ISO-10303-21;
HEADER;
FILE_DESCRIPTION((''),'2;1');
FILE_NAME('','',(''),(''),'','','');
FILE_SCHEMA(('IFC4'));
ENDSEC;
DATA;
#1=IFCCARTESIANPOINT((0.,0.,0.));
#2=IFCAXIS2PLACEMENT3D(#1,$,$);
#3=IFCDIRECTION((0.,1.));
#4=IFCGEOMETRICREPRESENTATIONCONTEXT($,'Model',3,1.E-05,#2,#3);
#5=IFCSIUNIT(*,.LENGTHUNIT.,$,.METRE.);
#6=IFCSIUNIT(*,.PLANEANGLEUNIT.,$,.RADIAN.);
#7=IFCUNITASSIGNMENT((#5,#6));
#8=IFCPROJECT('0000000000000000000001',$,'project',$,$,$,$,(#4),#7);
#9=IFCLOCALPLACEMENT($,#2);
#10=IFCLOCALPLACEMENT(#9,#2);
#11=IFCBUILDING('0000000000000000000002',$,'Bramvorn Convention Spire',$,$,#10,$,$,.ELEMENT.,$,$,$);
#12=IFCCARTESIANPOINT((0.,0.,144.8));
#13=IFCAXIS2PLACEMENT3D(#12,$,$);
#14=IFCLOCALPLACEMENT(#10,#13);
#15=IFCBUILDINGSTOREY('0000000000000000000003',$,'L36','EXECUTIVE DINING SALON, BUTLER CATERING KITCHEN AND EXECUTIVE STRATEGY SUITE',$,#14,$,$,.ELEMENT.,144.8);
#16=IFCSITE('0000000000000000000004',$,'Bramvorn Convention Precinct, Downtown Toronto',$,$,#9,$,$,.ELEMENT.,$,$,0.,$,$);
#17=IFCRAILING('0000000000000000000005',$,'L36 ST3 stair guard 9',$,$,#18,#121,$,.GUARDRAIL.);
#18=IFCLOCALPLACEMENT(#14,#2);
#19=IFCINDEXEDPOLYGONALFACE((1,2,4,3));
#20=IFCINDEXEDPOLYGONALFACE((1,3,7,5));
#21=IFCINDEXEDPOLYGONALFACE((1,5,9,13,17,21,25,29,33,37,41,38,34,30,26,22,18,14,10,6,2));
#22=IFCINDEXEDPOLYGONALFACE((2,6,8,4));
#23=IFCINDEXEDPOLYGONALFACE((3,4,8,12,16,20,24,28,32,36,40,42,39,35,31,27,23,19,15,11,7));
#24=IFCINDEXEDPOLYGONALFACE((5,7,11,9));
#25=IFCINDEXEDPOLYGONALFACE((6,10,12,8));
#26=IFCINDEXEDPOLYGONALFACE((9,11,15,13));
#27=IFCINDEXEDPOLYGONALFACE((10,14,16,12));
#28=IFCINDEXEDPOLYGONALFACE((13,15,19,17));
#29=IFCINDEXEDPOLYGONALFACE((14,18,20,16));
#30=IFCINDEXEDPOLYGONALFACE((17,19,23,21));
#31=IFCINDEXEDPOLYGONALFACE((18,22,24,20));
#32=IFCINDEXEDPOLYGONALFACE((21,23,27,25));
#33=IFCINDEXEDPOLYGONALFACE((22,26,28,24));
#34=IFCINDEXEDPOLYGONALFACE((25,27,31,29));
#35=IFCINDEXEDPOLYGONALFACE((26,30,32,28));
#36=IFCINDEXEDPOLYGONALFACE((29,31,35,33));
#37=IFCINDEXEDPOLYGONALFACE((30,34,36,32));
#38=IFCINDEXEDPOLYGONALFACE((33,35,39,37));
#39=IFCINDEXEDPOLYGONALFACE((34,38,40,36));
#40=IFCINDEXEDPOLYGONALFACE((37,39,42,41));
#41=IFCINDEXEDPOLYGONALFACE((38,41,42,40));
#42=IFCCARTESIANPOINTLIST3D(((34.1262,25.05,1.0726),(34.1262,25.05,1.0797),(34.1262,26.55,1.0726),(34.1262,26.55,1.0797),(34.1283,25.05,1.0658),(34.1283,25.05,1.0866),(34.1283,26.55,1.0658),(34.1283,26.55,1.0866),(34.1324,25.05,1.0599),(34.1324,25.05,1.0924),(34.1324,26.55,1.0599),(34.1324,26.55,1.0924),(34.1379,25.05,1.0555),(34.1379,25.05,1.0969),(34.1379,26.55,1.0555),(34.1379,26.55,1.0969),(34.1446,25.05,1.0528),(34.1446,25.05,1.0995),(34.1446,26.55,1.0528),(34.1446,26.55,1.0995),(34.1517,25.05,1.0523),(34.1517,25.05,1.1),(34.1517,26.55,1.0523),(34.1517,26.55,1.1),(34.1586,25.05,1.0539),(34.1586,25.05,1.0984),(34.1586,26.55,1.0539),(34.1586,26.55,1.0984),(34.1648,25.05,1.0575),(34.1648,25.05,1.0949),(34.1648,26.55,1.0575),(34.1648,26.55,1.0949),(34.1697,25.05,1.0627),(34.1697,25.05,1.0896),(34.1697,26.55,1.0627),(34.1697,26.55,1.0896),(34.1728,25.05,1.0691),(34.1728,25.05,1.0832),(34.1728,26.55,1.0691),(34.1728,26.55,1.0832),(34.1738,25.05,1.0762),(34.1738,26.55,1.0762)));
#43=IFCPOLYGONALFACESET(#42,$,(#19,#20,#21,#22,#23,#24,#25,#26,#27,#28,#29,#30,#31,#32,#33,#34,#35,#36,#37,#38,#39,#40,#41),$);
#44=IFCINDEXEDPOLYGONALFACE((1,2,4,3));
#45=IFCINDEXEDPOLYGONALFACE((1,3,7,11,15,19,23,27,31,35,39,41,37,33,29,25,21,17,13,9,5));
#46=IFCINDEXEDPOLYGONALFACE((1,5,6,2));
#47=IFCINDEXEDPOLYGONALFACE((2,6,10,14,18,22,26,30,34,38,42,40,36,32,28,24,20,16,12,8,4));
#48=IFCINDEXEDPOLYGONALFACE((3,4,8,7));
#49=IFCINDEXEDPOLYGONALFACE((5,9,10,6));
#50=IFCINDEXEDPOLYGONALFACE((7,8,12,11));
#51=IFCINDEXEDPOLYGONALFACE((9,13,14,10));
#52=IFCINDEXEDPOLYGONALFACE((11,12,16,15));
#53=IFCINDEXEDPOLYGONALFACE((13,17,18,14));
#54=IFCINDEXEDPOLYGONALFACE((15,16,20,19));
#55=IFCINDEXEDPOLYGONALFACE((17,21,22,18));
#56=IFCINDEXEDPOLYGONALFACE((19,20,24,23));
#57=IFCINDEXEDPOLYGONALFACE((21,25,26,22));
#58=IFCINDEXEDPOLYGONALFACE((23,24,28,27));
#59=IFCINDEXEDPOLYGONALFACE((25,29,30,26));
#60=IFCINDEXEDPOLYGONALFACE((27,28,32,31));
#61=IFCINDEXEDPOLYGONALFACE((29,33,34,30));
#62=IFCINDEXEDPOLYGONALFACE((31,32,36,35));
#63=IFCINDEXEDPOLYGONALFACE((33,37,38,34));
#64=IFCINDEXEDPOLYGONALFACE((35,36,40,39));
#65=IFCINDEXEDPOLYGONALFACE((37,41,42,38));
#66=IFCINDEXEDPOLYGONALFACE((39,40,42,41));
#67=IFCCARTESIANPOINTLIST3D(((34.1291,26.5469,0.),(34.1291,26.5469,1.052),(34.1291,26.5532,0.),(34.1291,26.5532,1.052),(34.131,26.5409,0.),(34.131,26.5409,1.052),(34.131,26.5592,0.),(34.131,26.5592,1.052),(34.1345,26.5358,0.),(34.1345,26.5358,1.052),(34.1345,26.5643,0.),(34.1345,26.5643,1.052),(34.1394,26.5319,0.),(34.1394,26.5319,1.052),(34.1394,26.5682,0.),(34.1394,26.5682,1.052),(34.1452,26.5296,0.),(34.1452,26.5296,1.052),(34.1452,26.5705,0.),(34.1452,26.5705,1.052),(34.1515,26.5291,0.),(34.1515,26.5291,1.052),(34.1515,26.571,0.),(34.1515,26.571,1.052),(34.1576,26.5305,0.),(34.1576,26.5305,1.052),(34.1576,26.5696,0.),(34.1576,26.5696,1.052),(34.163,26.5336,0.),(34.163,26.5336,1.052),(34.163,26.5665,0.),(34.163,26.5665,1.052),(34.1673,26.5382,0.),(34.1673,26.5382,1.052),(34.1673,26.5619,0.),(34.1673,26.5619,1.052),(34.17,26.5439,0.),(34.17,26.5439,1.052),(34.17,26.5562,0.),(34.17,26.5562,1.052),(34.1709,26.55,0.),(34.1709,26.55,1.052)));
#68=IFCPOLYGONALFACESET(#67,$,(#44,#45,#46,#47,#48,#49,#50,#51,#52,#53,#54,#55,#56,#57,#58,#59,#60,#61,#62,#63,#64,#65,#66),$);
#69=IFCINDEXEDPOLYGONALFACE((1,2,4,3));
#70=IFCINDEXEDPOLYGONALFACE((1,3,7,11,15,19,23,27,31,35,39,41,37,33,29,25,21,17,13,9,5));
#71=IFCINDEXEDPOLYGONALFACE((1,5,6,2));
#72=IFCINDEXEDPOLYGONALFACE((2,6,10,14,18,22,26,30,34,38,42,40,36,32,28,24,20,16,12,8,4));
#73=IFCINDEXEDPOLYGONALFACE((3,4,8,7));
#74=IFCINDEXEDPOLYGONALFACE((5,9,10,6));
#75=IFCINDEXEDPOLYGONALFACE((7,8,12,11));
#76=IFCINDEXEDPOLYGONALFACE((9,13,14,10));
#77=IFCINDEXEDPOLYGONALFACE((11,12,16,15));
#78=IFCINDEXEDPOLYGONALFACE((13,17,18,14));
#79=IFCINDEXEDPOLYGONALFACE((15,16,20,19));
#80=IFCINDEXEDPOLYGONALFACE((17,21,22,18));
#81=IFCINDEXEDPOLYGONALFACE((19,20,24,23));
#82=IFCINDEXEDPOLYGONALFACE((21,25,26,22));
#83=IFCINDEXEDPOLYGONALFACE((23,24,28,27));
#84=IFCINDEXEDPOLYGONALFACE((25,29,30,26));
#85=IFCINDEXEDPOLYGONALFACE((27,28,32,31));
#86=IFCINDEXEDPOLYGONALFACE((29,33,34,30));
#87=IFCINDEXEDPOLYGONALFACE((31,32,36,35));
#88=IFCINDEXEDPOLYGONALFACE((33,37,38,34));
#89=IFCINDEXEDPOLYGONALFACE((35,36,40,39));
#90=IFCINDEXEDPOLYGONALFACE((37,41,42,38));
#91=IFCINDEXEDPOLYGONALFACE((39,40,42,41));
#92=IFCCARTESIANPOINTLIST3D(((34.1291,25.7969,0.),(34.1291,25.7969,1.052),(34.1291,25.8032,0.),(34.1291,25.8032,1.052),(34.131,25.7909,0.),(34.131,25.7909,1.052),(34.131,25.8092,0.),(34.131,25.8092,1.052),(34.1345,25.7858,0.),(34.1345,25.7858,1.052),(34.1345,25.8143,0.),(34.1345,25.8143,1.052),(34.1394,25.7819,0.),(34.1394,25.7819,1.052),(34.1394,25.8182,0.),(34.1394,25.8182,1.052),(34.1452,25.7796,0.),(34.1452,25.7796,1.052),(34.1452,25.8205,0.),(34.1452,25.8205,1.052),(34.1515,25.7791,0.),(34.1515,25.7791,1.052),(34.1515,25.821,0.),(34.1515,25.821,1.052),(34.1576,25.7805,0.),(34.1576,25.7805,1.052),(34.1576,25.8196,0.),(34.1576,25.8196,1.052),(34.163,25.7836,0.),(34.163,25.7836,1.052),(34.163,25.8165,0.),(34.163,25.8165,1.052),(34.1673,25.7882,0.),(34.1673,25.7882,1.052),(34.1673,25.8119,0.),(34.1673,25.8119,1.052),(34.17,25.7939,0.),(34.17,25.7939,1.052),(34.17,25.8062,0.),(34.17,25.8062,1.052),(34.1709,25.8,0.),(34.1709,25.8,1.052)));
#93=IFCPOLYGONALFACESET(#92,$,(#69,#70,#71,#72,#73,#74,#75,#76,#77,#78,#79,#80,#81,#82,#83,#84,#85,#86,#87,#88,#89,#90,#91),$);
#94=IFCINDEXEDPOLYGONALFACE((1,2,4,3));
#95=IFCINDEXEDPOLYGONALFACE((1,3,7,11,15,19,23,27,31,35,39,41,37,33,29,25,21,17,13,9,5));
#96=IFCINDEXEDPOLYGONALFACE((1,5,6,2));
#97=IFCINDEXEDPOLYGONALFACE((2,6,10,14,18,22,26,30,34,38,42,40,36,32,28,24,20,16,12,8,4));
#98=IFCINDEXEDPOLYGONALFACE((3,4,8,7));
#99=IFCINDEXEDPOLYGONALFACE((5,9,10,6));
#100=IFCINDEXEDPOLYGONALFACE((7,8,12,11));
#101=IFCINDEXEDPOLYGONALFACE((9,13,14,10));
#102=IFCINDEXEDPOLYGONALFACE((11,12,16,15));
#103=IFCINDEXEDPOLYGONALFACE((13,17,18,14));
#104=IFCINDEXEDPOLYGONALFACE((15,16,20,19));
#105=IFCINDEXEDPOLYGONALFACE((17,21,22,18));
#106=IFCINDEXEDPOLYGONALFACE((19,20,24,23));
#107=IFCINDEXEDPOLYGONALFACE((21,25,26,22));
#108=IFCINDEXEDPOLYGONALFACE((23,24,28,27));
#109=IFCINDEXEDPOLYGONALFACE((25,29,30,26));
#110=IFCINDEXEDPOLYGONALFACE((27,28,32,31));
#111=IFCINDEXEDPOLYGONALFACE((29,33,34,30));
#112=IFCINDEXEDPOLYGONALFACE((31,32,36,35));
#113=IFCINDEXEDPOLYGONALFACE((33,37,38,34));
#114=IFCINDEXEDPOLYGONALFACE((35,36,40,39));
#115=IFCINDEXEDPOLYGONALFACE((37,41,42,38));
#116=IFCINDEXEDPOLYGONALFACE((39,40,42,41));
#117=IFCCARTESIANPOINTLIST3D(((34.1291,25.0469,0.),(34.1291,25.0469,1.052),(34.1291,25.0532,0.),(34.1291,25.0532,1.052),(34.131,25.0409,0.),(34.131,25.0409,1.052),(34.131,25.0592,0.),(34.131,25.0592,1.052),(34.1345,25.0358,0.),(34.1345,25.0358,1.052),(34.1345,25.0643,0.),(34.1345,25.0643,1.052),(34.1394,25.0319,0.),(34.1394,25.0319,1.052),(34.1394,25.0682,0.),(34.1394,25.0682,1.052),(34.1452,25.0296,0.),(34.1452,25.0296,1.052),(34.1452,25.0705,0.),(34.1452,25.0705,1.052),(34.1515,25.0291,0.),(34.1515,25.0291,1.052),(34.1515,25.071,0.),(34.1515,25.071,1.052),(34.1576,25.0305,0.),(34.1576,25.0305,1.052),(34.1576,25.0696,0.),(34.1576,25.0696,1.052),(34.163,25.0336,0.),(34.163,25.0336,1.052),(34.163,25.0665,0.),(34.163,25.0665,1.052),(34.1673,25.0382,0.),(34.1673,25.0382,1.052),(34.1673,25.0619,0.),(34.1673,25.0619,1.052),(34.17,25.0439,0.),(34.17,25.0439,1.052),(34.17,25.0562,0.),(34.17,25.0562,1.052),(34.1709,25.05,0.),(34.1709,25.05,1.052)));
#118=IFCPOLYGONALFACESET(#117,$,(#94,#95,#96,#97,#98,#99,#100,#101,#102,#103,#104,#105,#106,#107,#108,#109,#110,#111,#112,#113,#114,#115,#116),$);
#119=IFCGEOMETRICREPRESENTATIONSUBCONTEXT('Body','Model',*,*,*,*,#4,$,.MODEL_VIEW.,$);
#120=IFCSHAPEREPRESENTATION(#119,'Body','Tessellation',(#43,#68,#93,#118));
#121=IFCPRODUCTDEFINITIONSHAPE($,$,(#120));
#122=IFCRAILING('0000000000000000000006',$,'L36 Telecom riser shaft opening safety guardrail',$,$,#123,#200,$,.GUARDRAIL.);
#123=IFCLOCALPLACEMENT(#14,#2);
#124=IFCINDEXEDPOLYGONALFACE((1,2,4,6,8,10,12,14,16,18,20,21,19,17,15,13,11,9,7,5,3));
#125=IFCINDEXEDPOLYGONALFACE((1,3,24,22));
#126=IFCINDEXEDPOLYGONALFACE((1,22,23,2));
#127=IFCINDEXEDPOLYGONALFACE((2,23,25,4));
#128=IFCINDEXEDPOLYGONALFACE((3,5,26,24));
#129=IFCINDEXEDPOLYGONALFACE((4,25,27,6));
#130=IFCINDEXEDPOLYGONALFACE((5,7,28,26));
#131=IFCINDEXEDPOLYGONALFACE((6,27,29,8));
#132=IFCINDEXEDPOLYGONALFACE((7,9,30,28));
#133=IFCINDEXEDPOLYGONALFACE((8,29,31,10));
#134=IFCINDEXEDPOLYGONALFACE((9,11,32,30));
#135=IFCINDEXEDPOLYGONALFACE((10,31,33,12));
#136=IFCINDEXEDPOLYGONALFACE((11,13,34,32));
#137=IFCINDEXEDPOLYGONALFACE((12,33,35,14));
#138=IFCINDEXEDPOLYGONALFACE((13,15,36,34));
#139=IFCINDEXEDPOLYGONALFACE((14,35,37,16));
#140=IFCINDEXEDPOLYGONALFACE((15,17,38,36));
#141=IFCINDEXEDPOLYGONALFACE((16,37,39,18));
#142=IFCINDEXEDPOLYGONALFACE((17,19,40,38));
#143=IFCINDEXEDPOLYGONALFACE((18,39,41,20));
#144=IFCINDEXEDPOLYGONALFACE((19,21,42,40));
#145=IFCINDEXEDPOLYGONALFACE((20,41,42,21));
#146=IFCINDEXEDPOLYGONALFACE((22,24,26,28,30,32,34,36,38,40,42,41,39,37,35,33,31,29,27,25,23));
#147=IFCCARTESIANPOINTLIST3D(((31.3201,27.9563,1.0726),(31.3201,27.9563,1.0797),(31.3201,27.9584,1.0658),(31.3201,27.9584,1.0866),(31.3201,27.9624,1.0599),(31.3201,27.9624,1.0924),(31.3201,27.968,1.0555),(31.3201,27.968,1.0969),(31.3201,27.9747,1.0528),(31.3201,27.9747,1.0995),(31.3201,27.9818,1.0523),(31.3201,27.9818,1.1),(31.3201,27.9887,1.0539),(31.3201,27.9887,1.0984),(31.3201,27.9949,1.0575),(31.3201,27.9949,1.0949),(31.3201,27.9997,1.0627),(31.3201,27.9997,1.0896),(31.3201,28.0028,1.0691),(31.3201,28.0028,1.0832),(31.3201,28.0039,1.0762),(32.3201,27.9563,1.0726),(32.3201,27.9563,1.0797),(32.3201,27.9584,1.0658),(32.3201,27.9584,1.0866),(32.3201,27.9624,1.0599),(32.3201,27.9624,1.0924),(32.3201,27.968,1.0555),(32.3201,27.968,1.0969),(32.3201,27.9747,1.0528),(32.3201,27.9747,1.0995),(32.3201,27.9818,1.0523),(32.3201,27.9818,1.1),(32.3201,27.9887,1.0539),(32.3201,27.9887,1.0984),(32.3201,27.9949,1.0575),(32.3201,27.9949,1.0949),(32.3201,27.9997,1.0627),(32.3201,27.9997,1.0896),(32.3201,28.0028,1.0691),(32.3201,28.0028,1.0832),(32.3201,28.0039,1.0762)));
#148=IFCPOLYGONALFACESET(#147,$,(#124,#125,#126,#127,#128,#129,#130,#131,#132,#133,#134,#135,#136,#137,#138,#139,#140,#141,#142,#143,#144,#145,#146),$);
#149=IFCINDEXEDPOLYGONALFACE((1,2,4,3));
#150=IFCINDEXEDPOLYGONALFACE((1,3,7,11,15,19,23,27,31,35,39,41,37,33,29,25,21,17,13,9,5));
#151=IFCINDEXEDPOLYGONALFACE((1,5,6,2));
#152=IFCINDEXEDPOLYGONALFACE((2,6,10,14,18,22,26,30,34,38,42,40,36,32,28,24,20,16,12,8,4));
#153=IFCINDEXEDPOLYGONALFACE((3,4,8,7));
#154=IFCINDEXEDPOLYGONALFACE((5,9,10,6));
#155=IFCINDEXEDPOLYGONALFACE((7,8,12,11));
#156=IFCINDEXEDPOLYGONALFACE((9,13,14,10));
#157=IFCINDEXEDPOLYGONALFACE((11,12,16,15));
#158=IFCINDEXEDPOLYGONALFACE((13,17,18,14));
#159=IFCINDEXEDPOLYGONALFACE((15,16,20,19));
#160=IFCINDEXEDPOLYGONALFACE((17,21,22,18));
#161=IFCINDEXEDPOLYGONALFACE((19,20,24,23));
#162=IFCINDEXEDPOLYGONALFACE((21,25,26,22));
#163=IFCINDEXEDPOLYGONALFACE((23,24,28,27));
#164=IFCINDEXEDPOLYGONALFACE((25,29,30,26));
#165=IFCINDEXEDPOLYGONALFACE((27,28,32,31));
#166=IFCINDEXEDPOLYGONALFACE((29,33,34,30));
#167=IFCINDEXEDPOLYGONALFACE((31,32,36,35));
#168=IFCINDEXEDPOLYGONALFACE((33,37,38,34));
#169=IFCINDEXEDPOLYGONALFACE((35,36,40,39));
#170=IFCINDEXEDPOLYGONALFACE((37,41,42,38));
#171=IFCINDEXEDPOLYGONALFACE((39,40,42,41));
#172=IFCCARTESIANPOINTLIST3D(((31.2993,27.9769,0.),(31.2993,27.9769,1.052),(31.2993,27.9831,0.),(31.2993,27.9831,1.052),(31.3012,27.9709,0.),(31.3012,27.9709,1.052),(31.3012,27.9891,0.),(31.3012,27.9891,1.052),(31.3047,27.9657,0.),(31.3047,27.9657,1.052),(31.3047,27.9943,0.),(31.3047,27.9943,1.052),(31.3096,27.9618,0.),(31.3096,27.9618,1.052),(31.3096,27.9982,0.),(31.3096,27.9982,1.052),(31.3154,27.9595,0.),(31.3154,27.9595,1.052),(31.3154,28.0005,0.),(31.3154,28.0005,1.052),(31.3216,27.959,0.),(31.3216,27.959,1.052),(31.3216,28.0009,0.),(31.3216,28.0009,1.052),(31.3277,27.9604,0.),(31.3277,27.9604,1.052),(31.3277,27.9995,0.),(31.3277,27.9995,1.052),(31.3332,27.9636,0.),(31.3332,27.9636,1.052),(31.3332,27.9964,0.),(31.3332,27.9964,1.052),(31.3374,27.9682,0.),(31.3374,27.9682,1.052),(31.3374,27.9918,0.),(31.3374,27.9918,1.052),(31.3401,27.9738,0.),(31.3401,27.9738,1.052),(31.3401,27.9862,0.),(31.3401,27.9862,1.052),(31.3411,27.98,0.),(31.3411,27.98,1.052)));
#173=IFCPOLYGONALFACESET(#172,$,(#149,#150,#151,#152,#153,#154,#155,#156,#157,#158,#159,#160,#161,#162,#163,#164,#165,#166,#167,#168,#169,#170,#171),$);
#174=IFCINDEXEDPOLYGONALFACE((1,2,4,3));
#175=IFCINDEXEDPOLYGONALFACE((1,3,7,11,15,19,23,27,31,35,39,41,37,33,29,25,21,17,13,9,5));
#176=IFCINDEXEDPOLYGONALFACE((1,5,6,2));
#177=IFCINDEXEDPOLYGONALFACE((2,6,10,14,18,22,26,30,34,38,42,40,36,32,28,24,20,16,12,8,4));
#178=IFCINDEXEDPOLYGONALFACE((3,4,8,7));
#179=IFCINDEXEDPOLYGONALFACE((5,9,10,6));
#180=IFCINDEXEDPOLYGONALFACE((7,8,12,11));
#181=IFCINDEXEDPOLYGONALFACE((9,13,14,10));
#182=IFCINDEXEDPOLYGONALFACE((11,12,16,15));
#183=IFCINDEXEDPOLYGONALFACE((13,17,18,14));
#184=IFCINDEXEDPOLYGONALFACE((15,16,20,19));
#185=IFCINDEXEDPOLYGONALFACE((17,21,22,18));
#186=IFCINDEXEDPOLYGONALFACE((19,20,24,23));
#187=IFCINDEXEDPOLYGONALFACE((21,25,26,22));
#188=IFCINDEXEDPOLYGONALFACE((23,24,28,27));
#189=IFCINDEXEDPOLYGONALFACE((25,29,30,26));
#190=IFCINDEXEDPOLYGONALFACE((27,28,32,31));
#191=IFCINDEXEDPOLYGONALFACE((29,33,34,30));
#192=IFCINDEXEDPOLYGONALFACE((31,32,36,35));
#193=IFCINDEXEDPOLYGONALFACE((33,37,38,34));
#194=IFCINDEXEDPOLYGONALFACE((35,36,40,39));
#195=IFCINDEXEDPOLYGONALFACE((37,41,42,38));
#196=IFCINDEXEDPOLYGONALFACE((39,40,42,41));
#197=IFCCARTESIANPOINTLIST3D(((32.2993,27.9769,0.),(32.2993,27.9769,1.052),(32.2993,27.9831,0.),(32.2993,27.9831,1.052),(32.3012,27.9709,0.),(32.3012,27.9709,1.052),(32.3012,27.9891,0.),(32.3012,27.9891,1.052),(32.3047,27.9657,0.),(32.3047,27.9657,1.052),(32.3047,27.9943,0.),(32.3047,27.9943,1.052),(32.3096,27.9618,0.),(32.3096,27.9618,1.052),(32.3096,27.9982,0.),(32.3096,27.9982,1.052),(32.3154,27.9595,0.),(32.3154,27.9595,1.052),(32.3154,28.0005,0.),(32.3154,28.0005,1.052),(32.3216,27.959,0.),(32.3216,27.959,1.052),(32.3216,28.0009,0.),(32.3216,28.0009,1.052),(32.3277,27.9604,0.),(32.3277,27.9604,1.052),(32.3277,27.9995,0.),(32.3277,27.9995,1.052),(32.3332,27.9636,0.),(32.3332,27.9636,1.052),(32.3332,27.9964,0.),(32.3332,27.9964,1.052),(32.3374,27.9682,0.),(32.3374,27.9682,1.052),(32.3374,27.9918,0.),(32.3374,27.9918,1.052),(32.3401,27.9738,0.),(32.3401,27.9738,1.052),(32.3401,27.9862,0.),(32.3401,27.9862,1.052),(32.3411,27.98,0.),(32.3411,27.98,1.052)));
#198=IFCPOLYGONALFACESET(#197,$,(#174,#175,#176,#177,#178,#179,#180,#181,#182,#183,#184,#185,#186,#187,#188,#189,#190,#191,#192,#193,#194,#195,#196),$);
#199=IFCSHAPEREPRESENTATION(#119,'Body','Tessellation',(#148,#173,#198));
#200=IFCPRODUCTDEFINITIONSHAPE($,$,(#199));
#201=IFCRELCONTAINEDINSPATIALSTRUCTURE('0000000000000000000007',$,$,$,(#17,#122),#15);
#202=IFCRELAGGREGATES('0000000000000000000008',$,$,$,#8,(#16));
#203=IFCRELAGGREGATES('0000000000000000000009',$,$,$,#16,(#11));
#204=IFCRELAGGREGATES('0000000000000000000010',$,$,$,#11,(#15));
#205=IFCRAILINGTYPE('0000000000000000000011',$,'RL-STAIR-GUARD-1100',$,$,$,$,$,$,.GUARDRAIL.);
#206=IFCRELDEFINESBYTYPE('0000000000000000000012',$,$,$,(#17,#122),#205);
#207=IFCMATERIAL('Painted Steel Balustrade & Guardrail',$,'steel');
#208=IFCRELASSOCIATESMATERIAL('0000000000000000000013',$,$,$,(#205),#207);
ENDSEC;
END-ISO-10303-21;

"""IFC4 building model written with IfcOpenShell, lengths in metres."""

from ifc_helpers import new_model, si_unit, direction, frame, origin, origin_2d, place, context, subcontext, project, spatial, circle, extrude, material, type_object, element, save


model = new_model("IFC4")

# Units and contexts
model_context = context("Model", 3, precision=1e-05, world=origin(), true_north=direction((0.0, 1.0)))
body_context = subcontext(model_context, "Body", "Model", "MODEL_VIEW")
ifc_project = project(units=[si_unit("LENGTHUNIT", "METRE"), si_unit("PLANEANGLEUNIT", "RADIAN")], contexts=[model_context])

# Site, building, storey
site_placement = place(None, origin())
site = spatial("IfcSite", under=ifc_project, at=site_placement, Name="Bramvorn Convention Precinct, Downtown Toronto", CompositionType="ELEMENT", RefElevation=0.0)
building_placement = place(site_placement, origin())
building = spatial("IfcBuilding", under=site, at=building_placement, Name="Bramvorn Convention Spire", CompositionType="ELEMENT")
storey_placement = place(building_placement, frame((0.0, 0.0, 144.8)))
storey = spatial("IfcBuildingStorey", under=building, at=storey_placement, Name="L36", Description="EXECUTIVE DINING SALON, BUTLER CATERING KITCHEN AND EXECUTIVE STRATEGY SUITE", CompositionType="ELEMENT", Elevation=144.8)

# Railings
ifc_material_1 = material(Name="Painted Steel Balustrade & Guardrail", Category="steel")
railing_type_1 = type_object("IfcRailingType", Name="RL-STAIR-GUARD-1100", PredefinedType="GUARDRAIL", material=ifc_material_1)
for number, where, name in (
    (1, (34.1499, 26.55, 0.0), "L36 ST3 stair guard 9"),
):
    element("IfcRailing", number, at=place(storey_placement, frame(where)), inside=storey, type_object=railing_type_1, Name=name, PredefinedType="GUARDRAIL", context=body_context, shape_type="SweptSolid", body=[
        extrude(circle(Radius=0.0239, at=origin_2d()), frame((0.0, 0.0, 1.0762), z_axis=(0.0, -1.0, 0.0), x_axis=(1.0, 0.0, 0.0)), (0.0, 0.0, 1.0), 1.5),
        extrude(circle(Radius=0.021, at=origin_2d()), origin(), (0.0, 0.0, 1.0), 1.052),
        extrude(circle(Radius=0.021, at=origin_2d()), frame((0.0, -0.75, 0.0)), (0.0, 0.0, 1.0), 1.052),
        extrude(circle(Radius=0.021, at=origin_2d()), frame((0.0, -1.5, 0.0)), (0.0, 0.0, 1.0), 1.052),
    ])
railing_1_placement = place(storey_placement, frame((31.3201, 27.98, 0.0)))
element("IfcRailing", 2, at=railing_1_placement, inside=storey, type_object=railing_type_1, Name="L36 Telecom riser shaft opening safety guardrail", PredefinedType="GUARDRAIL", context=body_context, shape_type="SweptSolid", body=[
    extrude(circle(Radius=0.0239, at=origin_2d()), frame((0.0, 0.0, 1.0762), z_axis=(1.0, 0.0, 0.0), x_axis=(0.0, 1.0, 0.0)), (0.0, 0.0, 1.0), 1.0),
    extrude(circle(Radius=0.021, at=origin_2d()), origin(), (0.0, 0.0, 1.0), 1.052),
    extrude(circle(Radius=0.021, at=origin_2d()), frame((1.0, 0.0, 0.0)), (0.0, 0.0, 1.0), 1.052),
])

save(model, "model.ifc")
